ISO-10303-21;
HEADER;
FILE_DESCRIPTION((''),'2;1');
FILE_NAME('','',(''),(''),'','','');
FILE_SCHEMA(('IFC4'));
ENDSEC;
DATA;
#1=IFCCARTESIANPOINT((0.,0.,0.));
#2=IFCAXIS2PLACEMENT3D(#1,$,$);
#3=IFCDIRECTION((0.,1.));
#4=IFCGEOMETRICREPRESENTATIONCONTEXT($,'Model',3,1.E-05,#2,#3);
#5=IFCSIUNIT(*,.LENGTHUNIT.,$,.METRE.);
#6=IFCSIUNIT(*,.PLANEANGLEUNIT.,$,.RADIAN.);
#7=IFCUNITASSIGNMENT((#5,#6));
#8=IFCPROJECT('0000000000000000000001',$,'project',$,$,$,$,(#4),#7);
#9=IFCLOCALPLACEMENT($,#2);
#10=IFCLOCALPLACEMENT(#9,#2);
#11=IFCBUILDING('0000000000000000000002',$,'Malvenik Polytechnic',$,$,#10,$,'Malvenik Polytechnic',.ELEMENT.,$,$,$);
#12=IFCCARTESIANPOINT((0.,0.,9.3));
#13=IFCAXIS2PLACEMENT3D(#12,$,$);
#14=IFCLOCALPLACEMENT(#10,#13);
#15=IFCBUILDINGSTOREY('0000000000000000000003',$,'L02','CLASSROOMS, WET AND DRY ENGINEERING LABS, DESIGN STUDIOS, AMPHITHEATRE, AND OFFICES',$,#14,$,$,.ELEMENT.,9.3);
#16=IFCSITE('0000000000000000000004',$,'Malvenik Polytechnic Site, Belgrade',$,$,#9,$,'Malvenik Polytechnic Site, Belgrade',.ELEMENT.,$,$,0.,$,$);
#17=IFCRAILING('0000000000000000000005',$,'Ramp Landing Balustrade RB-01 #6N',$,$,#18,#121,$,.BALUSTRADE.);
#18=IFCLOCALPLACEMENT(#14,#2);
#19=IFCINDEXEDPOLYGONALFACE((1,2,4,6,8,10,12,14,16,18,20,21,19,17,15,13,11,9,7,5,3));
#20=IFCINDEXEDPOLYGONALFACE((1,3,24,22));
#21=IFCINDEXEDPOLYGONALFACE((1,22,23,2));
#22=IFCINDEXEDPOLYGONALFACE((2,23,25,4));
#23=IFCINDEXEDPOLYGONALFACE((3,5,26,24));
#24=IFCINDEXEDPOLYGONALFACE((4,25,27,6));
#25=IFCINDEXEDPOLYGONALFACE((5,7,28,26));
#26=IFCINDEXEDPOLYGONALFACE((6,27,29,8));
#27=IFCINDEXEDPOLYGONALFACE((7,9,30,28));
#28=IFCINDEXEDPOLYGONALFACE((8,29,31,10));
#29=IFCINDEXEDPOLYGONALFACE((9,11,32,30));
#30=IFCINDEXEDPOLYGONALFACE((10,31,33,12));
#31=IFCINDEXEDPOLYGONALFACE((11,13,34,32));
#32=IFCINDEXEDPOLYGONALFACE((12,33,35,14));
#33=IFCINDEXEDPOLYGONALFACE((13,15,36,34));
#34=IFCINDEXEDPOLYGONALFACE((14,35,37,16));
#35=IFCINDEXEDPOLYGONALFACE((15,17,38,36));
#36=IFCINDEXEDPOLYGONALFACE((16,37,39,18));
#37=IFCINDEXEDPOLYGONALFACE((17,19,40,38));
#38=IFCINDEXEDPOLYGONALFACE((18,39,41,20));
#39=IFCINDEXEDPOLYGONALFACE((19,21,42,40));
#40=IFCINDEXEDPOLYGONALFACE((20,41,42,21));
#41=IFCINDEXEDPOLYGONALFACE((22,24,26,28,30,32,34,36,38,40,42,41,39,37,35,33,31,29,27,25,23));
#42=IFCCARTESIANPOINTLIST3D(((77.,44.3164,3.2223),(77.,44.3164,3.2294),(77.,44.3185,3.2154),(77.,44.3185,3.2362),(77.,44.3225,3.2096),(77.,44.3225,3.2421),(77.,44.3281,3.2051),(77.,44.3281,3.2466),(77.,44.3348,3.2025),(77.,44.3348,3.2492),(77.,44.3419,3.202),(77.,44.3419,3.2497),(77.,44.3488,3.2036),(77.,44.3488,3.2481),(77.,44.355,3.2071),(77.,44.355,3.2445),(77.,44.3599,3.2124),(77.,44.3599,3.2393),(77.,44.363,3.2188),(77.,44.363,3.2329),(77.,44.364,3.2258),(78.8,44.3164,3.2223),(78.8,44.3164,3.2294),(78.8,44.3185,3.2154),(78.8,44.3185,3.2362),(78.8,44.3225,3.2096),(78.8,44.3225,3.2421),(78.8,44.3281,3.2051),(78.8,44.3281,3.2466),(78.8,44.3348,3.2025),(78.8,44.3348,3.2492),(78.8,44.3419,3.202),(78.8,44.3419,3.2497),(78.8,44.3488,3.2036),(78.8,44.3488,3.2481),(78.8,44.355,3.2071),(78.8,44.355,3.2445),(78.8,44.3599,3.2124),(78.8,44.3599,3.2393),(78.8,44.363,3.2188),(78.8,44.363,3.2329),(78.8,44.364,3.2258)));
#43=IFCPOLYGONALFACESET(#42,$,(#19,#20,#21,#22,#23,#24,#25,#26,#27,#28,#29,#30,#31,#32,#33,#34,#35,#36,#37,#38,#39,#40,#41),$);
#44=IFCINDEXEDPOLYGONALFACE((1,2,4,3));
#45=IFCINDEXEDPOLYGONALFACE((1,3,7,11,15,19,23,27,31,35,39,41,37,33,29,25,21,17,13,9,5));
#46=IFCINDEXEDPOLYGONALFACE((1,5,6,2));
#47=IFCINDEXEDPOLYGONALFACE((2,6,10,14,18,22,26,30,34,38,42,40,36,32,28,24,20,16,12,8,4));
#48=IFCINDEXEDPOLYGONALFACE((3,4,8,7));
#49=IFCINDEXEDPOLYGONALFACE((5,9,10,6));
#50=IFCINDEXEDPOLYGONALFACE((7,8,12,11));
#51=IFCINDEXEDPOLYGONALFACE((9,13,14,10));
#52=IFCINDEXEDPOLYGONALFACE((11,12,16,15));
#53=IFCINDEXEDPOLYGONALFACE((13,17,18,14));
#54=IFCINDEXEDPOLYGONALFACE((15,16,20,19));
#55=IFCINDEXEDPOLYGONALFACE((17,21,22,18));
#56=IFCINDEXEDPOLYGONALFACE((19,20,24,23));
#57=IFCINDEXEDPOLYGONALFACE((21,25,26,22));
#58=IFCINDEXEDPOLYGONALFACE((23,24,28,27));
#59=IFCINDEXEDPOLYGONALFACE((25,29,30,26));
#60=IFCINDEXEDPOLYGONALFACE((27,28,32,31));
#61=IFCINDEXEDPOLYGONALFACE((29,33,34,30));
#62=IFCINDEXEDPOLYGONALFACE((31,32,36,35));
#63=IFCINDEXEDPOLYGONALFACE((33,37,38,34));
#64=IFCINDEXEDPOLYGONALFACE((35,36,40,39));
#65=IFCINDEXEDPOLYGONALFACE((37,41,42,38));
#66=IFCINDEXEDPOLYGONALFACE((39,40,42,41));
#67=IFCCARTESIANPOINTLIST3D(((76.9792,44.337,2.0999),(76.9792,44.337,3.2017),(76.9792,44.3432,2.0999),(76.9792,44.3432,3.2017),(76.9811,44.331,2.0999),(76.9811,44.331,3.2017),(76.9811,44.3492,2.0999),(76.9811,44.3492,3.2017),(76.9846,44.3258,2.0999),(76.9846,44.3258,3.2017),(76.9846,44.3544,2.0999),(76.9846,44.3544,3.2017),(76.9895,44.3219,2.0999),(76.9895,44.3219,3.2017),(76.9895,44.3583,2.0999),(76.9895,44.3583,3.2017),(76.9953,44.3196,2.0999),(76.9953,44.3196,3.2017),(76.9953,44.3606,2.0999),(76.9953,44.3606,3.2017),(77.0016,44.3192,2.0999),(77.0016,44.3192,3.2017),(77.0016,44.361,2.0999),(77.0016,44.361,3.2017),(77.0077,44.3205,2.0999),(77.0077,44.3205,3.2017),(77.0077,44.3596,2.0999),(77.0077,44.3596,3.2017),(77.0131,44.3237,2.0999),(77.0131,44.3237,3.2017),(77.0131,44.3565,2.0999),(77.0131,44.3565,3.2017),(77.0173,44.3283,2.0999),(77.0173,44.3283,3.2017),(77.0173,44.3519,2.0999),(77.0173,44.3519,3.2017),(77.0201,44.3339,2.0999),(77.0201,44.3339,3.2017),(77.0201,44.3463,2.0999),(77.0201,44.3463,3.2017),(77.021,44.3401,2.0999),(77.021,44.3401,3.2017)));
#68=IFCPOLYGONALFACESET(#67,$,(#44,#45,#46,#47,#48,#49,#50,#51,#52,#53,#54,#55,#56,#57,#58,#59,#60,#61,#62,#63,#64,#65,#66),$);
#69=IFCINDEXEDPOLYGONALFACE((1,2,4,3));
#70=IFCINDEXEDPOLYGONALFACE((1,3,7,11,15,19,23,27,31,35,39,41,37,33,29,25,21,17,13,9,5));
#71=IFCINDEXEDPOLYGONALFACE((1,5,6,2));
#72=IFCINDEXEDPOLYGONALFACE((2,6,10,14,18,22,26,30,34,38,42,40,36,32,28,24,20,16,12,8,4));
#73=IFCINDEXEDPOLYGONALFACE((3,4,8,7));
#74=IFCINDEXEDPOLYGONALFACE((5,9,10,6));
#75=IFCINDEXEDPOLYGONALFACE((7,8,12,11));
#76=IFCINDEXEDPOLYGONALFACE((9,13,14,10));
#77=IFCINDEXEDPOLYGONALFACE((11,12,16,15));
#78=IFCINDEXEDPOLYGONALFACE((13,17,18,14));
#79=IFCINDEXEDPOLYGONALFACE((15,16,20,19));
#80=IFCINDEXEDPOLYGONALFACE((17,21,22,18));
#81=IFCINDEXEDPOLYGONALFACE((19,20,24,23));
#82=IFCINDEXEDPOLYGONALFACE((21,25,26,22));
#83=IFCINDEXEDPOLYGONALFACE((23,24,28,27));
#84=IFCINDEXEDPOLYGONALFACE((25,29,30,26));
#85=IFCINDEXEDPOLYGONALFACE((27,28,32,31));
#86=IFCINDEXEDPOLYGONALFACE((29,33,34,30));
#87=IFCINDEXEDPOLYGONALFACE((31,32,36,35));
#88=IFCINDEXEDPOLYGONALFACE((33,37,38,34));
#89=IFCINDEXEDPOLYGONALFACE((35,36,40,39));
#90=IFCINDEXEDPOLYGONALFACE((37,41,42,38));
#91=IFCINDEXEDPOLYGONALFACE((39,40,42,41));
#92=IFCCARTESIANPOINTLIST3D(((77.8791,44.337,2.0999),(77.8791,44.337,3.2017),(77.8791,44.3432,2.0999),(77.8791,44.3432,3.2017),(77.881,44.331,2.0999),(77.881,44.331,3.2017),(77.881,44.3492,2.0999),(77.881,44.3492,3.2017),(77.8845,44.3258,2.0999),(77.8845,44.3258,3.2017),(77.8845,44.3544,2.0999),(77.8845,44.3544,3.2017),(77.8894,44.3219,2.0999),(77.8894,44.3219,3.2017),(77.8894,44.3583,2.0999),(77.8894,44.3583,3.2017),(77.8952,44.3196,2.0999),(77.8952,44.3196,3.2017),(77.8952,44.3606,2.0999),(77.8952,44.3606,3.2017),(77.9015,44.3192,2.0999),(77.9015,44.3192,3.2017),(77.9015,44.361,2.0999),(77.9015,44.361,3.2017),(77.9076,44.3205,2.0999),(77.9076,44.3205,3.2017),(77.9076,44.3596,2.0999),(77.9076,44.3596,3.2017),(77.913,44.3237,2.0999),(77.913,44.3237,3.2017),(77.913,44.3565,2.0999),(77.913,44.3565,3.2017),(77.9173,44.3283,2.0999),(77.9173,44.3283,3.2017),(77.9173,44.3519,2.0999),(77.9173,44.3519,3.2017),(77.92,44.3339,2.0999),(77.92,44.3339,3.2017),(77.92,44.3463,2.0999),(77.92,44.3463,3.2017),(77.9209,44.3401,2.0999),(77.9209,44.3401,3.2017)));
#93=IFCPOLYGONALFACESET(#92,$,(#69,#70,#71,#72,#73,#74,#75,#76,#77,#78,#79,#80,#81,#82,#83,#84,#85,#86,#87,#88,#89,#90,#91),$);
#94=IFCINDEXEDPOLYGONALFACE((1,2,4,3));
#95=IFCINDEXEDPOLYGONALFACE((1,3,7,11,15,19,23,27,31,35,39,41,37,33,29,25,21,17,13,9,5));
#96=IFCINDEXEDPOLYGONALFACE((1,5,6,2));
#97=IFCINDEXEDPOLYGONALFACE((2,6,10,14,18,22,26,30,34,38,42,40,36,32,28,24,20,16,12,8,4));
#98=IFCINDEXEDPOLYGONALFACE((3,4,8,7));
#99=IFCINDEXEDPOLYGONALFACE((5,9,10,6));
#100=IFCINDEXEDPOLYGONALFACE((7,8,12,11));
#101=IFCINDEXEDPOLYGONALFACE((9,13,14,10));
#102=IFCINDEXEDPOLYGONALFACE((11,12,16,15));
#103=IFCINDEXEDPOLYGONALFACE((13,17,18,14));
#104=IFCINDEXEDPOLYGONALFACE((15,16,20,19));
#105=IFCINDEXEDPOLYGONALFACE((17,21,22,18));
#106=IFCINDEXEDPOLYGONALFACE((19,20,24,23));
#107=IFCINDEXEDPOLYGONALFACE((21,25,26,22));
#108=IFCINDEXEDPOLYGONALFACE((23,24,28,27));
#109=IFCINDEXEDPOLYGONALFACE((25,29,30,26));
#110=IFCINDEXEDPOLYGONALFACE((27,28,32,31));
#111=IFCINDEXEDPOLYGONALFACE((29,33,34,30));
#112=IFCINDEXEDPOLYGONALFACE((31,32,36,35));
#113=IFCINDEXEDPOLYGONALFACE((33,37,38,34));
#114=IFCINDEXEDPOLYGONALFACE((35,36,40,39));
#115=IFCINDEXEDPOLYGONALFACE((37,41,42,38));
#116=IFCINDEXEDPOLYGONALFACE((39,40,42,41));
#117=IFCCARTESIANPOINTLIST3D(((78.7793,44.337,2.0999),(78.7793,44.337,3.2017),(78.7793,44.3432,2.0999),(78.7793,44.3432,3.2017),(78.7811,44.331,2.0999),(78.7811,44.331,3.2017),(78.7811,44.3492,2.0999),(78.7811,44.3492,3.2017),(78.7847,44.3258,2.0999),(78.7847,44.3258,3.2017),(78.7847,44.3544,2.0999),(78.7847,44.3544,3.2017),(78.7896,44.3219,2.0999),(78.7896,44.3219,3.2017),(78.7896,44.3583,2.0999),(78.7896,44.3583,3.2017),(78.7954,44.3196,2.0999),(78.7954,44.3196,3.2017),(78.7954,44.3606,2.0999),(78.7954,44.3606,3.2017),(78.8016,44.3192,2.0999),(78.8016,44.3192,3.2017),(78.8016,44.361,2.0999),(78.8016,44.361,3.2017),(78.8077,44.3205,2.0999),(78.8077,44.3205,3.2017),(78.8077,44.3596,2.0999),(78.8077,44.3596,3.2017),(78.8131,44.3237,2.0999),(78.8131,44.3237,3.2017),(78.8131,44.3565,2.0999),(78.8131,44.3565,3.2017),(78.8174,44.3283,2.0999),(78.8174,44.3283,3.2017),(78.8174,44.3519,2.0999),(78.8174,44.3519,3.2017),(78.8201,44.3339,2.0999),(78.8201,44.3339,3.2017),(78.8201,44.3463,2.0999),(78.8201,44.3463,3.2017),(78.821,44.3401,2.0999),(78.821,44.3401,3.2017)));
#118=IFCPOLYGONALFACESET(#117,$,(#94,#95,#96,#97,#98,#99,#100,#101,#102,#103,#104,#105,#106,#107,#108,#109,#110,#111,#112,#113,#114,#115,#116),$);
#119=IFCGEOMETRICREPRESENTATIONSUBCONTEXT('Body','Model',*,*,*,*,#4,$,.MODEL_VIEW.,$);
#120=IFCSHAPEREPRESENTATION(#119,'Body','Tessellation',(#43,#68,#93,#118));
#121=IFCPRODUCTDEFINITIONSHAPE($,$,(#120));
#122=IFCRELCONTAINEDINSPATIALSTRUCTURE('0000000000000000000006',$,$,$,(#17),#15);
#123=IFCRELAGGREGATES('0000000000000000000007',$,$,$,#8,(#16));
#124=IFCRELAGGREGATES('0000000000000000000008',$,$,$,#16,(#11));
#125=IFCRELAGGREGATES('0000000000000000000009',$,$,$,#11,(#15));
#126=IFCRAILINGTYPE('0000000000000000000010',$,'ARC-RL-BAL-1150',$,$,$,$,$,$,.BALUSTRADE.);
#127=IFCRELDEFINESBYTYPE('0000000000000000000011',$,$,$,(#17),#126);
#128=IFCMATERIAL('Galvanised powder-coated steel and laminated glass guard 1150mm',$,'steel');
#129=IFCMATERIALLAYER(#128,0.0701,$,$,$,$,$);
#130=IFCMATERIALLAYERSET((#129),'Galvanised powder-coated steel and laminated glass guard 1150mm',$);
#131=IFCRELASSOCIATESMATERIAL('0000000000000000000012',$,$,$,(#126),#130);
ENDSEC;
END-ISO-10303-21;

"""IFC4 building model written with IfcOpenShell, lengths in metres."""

from ifc_helpers import new_model, si_unit, direction, frame, origin, origin_2d, place, context, subcontext, project, spatial, circle, extrude, material, layer, layer_set, type_object, element, save


model = new_model("IFC4")

# Units and contexts
model_context = context("Model", 3, precision=1e-05, world=origin(), true_north=direction((0.0, 1.0)))
body_context = subcontext(model_context, "Body", "Model", "MODEL_VIEW")
ifc_project = project(units=[si_unit("LENGTHUNIT", "METRE"), si_unit("PLANEANGLEUNIT", "RADIAN")], contexts=[model_context])

# Site, building, storey
site_placement = place(None, origin())
site = spatial("IfcSite", under=ifc_project, at=site_placement, Name="Malvenik Polytechnic Site, Belgrade", LongName="Malvenik Polytechnic Site, Belgrade", CompositionType="ELEMENT", RefElevation=0.0)
building_placement = place(site_placement, origin())
building = spatial("IfcBuilding", under=site, at=building_placement, Name="Malvenik Polytechnic", LongName="Malvenik Polytechnic", CompositionType="ELEMENT")
storey_placement = place(building_placement, frame((0.0, 0.0, 9.3)))
storey = spatial("IfcBuildingStorey", under=building, at=storey_placement, Name="L02", Description="CLASSROOMS, WET AND DRY ENGINEERING LABS, DESIGN STUDIOS, AMPHITHEATRE, AND OFFICES", CompositionType="ELEMENT", Elevation=9.3)

# Railing
ifc_material_1 = material(Name="Galvanised powder-coated steel and laminated glass guard 1150mm", Category="steel")
ifc_layer_1 = layer(ifc_material_1, 0.0701)
ifc_layer_set_1 = layer_set([ifc_layer_1], Name="Galvanised powder-coated steel and laminated glass guard 1150mm")
railing_type_1 = type_object("IfcRailingType", Name="ARC-RL-BAL-1150", PredefinedType="BALUSTRADE", material=ifc_layer_set_1)
railing_1_placement = place(storey_placement, frame((77.0, 44.3401, 2.0999)))
element("IfcRailing", 1, at=railing_1_placement, inside=storey, type_object=railing_type_1, Name="Ramp Landing Balustrade RB-01 #6N", PredefinedType="BALUSTRADE", context=body_context, shape_type="SweptSolid", body=[
    extrude(circle(Radius=0.0239, at=origin_2d()), frame((0.0, 0.0, 1.126), z_axis=(1.0, 0.0, 0.0), x_axis=(0.0, 1.0, 0.0)), (0.0, 0.0, 1.0), 1.8),
    extrude(circle(Radius=0.021, at=origin_2d()), origin(), (0.0, 0.0, 1.0), 1.1018),
    extrude(circle(Radius=0.021, at=origin_2d()), frame((0.8999, 0.0, 0.0)), (0.0, 0.0, 1.0), 1.1018),
    extrude(circle(Radius=0.021, at=origin_2d()), frame((1.8, 0.0, 0.0)), (0.0, 0.0, 1.0), 1.1018),
])

save(model, "model.ifc")
